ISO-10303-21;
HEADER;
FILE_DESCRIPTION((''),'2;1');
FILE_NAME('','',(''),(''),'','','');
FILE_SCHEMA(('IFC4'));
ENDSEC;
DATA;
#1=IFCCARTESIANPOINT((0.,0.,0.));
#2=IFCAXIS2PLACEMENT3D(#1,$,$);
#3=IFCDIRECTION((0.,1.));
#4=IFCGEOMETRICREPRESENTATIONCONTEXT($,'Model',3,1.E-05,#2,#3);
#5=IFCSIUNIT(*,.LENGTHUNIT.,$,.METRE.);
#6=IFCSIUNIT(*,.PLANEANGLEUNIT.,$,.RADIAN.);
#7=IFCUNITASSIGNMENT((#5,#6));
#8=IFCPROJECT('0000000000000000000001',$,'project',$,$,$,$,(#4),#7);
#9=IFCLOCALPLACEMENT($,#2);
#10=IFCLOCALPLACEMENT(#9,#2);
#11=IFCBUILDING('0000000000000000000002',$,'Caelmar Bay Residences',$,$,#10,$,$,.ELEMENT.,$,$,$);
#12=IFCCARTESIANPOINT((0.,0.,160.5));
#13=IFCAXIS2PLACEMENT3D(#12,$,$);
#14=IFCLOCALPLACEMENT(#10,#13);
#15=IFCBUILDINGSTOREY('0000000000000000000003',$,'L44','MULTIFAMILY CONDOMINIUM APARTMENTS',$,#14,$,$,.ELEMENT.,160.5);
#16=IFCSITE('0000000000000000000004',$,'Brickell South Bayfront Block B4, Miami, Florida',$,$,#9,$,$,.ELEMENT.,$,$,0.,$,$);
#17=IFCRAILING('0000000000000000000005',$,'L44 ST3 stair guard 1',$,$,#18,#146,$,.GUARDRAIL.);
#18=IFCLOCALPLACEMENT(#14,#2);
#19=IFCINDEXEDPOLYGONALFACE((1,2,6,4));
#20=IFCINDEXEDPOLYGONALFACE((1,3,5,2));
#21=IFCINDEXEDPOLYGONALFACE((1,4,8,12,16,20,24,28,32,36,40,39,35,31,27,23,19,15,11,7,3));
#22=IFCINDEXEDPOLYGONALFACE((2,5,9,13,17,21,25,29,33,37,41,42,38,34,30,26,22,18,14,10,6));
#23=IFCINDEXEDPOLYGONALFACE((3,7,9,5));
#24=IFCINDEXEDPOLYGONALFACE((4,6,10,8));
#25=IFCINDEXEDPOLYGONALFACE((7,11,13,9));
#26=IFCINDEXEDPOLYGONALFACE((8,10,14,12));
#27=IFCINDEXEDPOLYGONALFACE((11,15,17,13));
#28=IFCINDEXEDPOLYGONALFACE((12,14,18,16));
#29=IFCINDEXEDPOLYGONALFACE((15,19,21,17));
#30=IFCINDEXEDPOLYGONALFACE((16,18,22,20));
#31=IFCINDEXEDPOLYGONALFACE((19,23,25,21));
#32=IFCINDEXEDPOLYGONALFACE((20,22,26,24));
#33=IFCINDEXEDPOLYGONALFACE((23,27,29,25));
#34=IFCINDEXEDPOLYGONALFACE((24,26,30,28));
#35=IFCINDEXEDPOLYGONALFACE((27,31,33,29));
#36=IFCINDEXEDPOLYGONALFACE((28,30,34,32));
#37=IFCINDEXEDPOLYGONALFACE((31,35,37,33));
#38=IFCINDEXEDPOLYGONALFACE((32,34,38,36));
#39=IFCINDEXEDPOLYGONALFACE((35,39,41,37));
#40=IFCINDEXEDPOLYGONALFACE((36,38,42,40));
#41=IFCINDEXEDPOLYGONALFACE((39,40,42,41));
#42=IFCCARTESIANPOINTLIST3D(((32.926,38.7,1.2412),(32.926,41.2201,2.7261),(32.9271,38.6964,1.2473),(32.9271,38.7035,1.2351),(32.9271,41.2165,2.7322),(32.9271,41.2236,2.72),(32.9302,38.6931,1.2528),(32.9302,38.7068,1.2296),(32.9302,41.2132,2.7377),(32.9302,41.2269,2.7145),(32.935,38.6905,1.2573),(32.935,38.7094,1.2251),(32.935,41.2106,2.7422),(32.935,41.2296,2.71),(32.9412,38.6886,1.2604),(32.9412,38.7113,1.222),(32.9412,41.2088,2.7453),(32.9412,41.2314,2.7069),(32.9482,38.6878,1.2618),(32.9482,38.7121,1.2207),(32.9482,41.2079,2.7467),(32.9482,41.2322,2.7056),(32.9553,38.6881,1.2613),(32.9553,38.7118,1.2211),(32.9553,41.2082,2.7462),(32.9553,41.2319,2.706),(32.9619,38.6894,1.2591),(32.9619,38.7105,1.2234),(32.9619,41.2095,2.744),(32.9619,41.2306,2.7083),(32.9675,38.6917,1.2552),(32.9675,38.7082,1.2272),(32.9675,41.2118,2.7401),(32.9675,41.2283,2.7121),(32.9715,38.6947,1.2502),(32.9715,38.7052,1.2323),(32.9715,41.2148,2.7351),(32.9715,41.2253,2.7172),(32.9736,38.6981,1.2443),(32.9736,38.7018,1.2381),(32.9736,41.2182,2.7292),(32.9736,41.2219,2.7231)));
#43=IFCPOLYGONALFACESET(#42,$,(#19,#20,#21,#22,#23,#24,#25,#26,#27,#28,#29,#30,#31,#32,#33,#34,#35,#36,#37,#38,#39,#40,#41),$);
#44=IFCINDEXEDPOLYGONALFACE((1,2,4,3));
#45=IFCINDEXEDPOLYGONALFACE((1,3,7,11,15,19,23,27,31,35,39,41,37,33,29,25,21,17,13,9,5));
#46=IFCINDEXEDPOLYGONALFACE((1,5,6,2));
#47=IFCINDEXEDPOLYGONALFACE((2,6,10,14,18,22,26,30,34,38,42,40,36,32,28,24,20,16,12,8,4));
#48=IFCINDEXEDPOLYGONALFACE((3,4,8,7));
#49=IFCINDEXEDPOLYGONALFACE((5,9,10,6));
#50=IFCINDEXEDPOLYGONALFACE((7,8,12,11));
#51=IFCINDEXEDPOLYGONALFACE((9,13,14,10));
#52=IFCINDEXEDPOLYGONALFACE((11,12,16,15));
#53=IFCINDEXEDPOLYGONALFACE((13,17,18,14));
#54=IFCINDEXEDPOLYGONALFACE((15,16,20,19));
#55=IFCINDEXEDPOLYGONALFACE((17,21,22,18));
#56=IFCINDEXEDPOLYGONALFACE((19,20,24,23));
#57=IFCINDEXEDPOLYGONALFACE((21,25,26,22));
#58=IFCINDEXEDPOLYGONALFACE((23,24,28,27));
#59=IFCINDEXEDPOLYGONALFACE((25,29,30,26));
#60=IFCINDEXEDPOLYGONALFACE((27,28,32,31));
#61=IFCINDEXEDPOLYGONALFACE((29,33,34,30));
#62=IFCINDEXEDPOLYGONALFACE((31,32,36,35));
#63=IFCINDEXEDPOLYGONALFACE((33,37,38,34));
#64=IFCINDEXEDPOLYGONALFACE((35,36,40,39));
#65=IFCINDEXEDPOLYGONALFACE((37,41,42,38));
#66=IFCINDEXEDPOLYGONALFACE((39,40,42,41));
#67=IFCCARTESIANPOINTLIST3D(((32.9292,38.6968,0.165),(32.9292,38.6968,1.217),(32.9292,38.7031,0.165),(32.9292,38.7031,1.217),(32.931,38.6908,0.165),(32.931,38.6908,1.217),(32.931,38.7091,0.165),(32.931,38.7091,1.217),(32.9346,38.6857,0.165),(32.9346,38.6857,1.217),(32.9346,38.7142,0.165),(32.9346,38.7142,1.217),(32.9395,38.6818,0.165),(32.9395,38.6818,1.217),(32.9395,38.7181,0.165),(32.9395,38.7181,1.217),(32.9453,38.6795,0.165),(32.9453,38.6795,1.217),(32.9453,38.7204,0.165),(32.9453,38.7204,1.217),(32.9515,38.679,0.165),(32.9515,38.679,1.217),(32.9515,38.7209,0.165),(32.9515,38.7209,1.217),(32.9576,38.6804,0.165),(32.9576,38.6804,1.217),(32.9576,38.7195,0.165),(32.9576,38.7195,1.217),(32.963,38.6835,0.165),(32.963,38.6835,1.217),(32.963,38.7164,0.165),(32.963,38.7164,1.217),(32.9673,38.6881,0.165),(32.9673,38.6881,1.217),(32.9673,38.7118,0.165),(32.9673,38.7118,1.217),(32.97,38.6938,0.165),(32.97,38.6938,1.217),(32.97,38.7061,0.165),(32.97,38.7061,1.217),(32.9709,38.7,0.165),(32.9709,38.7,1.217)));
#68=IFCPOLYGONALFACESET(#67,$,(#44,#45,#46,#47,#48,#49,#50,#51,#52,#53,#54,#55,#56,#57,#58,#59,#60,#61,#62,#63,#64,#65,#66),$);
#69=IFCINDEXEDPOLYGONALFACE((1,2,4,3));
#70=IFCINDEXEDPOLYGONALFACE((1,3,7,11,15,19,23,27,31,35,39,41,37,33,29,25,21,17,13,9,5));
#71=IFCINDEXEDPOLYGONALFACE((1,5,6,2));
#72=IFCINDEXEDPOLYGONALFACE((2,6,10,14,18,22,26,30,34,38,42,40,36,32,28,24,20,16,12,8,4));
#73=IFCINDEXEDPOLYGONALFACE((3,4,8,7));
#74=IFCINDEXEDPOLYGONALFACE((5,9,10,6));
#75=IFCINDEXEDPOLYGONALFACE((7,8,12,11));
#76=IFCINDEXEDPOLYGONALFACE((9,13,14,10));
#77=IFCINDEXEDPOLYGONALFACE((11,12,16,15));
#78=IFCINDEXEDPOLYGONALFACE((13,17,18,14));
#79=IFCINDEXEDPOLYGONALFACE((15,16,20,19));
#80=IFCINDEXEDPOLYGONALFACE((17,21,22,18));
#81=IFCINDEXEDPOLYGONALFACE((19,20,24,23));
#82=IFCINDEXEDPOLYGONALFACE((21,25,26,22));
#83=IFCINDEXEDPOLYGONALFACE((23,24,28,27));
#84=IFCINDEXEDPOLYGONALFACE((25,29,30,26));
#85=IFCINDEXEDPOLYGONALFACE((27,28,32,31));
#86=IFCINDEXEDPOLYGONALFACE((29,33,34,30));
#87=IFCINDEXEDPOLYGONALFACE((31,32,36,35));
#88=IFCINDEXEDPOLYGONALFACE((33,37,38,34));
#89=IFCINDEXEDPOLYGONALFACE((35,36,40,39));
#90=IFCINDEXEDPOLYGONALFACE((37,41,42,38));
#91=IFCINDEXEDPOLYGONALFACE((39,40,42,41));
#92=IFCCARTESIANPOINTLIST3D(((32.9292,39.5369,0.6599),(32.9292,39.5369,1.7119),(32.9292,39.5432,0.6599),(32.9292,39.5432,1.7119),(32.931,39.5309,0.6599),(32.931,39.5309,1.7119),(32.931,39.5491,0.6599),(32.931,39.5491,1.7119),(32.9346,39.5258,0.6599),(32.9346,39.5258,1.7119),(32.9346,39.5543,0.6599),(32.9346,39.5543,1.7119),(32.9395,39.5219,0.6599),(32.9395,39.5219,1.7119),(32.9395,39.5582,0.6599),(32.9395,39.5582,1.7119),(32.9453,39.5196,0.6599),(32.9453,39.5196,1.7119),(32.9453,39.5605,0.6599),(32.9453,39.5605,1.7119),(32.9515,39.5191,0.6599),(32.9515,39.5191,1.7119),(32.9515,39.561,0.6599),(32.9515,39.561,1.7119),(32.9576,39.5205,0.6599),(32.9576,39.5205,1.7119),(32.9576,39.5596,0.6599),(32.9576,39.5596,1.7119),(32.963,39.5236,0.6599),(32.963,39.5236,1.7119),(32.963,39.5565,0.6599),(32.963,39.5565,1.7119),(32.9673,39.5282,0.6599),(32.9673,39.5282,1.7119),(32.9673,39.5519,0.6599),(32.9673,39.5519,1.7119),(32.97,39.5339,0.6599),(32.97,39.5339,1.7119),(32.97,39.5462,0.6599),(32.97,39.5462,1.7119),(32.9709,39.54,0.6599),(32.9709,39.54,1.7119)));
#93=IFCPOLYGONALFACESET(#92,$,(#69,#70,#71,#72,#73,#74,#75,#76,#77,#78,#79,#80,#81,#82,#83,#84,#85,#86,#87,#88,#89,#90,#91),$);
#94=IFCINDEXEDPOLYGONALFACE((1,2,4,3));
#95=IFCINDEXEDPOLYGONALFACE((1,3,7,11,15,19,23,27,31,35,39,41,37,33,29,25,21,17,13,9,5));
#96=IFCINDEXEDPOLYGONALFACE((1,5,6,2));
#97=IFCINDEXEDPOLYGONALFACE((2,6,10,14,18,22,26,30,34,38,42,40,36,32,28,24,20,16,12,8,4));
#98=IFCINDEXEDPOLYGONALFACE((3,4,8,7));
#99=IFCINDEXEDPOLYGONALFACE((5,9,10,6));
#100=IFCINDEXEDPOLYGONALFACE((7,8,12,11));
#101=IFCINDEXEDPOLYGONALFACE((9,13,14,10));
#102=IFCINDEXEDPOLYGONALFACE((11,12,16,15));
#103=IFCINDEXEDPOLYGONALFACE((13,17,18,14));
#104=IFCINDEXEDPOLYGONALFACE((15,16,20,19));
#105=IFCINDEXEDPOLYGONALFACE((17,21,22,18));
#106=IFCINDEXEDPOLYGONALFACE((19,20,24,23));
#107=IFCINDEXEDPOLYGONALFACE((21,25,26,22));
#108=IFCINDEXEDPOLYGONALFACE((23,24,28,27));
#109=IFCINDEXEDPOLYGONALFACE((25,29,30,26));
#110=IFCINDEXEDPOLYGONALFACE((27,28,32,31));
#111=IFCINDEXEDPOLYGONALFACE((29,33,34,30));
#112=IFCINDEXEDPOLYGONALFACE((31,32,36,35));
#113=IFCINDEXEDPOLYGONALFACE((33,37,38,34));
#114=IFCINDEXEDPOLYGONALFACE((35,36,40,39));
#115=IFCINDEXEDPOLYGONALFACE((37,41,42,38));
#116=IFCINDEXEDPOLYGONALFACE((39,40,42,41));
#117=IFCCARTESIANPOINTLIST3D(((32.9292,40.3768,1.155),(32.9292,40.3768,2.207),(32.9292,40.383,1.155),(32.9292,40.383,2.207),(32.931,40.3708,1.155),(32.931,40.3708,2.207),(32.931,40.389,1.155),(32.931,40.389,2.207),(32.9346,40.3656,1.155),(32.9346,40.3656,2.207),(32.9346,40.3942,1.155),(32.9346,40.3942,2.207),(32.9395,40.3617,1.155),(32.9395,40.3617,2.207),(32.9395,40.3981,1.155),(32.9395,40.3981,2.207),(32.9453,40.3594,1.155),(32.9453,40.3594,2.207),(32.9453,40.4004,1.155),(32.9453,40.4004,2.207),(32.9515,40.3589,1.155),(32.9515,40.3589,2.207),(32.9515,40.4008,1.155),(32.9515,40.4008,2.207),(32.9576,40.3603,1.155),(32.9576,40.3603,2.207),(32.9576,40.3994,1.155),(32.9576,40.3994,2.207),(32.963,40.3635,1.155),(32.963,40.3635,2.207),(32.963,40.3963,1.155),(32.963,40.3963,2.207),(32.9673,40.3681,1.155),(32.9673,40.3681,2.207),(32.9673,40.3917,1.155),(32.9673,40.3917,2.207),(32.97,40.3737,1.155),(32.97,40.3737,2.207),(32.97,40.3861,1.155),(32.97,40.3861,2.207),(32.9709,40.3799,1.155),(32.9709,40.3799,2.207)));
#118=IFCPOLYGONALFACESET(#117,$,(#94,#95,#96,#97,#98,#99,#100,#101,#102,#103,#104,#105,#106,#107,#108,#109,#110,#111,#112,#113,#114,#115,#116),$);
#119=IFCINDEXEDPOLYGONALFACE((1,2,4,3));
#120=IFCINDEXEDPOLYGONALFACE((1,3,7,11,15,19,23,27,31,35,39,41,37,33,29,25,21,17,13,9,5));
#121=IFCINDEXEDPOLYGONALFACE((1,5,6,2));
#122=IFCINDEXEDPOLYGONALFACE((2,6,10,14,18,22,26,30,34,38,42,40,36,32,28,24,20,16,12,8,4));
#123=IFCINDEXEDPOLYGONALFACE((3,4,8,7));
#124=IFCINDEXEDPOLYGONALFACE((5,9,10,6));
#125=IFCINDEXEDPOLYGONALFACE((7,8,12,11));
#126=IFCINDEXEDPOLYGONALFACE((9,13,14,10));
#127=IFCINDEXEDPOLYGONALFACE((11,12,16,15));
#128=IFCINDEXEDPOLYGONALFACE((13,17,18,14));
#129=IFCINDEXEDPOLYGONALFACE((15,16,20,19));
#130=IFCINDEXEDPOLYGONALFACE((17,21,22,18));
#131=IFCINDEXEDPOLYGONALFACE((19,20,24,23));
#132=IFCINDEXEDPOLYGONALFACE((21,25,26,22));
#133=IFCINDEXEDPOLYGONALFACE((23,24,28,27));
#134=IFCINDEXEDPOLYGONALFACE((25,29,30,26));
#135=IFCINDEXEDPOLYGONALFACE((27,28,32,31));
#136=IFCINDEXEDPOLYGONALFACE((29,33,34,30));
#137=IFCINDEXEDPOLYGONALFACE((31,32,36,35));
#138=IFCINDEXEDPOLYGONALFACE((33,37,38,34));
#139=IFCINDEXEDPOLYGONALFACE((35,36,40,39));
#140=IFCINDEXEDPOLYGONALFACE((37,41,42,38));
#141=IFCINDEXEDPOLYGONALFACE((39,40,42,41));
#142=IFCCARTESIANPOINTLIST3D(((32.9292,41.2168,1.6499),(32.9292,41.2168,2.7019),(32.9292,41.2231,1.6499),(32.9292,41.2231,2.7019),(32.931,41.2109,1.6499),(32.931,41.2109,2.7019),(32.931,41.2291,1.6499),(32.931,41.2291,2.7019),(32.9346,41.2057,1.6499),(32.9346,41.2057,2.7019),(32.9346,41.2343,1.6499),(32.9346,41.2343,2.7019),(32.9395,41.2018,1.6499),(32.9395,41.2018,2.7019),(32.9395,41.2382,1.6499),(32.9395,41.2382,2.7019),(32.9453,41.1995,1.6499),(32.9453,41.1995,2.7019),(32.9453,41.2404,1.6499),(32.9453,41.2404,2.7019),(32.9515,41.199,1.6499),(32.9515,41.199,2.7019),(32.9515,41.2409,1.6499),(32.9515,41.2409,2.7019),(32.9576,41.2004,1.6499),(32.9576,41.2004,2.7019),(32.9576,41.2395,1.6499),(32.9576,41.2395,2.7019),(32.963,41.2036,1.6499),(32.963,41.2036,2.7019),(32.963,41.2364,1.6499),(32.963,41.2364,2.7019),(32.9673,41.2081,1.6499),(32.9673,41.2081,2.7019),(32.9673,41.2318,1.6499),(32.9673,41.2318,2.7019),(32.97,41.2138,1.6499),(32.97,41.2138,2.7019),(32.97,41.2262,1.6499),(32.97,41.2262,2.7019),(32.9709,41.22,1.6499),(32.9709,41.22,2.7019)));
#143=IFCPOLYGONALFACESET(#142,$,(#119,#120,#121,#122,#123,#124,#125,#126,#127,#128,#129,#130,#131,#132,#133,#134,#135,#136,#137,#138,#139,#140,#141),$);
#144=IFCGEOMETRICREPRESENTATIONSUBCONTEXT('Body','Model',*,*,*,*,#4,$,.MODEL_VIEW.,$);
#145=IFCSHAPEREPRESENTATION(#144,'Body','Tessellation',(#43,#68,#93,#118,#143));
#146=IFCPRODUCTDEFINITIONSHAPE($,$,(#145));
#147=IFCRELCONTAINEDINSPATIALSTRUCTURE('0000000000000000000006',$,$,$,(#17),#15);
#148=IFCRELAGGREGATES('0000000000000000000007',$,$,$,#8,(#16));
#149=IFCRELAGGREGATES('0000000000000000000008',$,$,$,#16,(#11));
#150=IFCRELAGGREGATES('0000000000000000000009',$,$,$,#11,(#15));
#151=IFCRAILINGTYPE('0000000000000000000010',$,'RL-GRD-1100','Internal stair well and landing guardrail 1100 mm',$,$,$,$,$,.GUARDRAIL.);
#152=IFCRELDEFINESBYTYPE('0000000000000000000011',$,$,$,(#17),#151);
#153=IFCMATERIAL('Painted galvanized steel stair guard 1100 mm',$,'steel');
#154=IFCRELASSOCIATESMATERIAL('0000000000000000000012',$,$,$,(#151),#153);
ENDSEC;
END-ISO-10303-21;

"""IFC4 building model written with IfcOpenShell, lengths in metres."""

from ifc_helpers import new_model, si_unit, direction, frame, origin, origin_2d, place, context, subcontext, project, spatial, circle, extrude, material, type_object, element, save


model = new_model("IFC4")

# Units and contexts
model_context = context("Model", 3, precision=1e-05, world=origin(), true_north=direction((0.0, 1.0)))
body_context = subcontext(model_context, "Body", "Model", "MODEL_VIEW")
ifc_project = project(units=[si_unit("LENGTHUNIT", "METRE"), si_unit("PLANEANGLEUNIT", "RADIAN")], contexts=[model_context])

# Site, building, storey
site_placement = place(None, origin())
site = spatial("IfcSite", under=ifc_project, at=site_placement, Name="Brickell South Bayfront Block B4, Miami, Florida", CompositionType="ELEMENT", RefElevation=0.0)
building_placement = place(site_placement, origin())
building = spatial("IfcBuilding", under=site, at=building_placement, Name="Caelmar Bay Residences", CompositionType="ELEMENT")
storey_placement = place(building_placement, frame((0.0, 0.0, 160.5)))
storey = spatial("IfcBuildingStorey", under=building, at=storey_placement, Name="L44", Description="MULTIFAMILY CONDOMINIUM APARTMENTS", CompositionType="ELEMENT", Elevation=160.5)

# Railing
ifc_material_1 = material(Name="Painted galvanized steel stair guard 1100 mm", Category="steel")
railing_type_1 = type_object("IfcRailingType", Name="RL-GRD-1100", Description="Internal stair well and landing guardrail 1100 mm", PredefinedType="GUARDRAIL", material=ifc_material_1)
railing_1_placement = place(storey_placement, frame((32.95, 38.7, 0.165)))
element("IfcRailing", 1, at=railing_1_placement, inside=storey, type_object=railing_type_1, Name="L44 ST3 stair guard 1", PredefinedType="GUARDRAIL", context=body_context, shape_type="SweptSolid", body=[
    extrude(circle(Radius=0.0239, at=origin_2d()), frame((0.0, 0.0, 1.0762), z_axis=(0.0, 0.861561, 0.507655), x_axis=(-1.0, 0.0, 0.0)), (0.0, 0.0, 1.0), 2.925),
    extrude(circle(Radius=0.021, at=origin_2d()), origin(), (0.0, 0.0, 1.0), 1.052),
    extrude(circle(Radius=0.021, at=origin_2d()), frame((0.0, 0.8401, 0.4949)), (0.0, 0.0, 1.0), 1.052),
    extrude(circle(Radius=0.021, at=origin_2d()), frame((0.0, 1.6799, 0.99)), (0.0, 0.0, 1.0), 1.052),
    extrude(circle(Radius=0.021, at=origin_2d()), frame((0.0, 2.52, 1.4849)), (0.0, 0.0, 1.0), 1.052),
])

save(model, "model.ifc")
